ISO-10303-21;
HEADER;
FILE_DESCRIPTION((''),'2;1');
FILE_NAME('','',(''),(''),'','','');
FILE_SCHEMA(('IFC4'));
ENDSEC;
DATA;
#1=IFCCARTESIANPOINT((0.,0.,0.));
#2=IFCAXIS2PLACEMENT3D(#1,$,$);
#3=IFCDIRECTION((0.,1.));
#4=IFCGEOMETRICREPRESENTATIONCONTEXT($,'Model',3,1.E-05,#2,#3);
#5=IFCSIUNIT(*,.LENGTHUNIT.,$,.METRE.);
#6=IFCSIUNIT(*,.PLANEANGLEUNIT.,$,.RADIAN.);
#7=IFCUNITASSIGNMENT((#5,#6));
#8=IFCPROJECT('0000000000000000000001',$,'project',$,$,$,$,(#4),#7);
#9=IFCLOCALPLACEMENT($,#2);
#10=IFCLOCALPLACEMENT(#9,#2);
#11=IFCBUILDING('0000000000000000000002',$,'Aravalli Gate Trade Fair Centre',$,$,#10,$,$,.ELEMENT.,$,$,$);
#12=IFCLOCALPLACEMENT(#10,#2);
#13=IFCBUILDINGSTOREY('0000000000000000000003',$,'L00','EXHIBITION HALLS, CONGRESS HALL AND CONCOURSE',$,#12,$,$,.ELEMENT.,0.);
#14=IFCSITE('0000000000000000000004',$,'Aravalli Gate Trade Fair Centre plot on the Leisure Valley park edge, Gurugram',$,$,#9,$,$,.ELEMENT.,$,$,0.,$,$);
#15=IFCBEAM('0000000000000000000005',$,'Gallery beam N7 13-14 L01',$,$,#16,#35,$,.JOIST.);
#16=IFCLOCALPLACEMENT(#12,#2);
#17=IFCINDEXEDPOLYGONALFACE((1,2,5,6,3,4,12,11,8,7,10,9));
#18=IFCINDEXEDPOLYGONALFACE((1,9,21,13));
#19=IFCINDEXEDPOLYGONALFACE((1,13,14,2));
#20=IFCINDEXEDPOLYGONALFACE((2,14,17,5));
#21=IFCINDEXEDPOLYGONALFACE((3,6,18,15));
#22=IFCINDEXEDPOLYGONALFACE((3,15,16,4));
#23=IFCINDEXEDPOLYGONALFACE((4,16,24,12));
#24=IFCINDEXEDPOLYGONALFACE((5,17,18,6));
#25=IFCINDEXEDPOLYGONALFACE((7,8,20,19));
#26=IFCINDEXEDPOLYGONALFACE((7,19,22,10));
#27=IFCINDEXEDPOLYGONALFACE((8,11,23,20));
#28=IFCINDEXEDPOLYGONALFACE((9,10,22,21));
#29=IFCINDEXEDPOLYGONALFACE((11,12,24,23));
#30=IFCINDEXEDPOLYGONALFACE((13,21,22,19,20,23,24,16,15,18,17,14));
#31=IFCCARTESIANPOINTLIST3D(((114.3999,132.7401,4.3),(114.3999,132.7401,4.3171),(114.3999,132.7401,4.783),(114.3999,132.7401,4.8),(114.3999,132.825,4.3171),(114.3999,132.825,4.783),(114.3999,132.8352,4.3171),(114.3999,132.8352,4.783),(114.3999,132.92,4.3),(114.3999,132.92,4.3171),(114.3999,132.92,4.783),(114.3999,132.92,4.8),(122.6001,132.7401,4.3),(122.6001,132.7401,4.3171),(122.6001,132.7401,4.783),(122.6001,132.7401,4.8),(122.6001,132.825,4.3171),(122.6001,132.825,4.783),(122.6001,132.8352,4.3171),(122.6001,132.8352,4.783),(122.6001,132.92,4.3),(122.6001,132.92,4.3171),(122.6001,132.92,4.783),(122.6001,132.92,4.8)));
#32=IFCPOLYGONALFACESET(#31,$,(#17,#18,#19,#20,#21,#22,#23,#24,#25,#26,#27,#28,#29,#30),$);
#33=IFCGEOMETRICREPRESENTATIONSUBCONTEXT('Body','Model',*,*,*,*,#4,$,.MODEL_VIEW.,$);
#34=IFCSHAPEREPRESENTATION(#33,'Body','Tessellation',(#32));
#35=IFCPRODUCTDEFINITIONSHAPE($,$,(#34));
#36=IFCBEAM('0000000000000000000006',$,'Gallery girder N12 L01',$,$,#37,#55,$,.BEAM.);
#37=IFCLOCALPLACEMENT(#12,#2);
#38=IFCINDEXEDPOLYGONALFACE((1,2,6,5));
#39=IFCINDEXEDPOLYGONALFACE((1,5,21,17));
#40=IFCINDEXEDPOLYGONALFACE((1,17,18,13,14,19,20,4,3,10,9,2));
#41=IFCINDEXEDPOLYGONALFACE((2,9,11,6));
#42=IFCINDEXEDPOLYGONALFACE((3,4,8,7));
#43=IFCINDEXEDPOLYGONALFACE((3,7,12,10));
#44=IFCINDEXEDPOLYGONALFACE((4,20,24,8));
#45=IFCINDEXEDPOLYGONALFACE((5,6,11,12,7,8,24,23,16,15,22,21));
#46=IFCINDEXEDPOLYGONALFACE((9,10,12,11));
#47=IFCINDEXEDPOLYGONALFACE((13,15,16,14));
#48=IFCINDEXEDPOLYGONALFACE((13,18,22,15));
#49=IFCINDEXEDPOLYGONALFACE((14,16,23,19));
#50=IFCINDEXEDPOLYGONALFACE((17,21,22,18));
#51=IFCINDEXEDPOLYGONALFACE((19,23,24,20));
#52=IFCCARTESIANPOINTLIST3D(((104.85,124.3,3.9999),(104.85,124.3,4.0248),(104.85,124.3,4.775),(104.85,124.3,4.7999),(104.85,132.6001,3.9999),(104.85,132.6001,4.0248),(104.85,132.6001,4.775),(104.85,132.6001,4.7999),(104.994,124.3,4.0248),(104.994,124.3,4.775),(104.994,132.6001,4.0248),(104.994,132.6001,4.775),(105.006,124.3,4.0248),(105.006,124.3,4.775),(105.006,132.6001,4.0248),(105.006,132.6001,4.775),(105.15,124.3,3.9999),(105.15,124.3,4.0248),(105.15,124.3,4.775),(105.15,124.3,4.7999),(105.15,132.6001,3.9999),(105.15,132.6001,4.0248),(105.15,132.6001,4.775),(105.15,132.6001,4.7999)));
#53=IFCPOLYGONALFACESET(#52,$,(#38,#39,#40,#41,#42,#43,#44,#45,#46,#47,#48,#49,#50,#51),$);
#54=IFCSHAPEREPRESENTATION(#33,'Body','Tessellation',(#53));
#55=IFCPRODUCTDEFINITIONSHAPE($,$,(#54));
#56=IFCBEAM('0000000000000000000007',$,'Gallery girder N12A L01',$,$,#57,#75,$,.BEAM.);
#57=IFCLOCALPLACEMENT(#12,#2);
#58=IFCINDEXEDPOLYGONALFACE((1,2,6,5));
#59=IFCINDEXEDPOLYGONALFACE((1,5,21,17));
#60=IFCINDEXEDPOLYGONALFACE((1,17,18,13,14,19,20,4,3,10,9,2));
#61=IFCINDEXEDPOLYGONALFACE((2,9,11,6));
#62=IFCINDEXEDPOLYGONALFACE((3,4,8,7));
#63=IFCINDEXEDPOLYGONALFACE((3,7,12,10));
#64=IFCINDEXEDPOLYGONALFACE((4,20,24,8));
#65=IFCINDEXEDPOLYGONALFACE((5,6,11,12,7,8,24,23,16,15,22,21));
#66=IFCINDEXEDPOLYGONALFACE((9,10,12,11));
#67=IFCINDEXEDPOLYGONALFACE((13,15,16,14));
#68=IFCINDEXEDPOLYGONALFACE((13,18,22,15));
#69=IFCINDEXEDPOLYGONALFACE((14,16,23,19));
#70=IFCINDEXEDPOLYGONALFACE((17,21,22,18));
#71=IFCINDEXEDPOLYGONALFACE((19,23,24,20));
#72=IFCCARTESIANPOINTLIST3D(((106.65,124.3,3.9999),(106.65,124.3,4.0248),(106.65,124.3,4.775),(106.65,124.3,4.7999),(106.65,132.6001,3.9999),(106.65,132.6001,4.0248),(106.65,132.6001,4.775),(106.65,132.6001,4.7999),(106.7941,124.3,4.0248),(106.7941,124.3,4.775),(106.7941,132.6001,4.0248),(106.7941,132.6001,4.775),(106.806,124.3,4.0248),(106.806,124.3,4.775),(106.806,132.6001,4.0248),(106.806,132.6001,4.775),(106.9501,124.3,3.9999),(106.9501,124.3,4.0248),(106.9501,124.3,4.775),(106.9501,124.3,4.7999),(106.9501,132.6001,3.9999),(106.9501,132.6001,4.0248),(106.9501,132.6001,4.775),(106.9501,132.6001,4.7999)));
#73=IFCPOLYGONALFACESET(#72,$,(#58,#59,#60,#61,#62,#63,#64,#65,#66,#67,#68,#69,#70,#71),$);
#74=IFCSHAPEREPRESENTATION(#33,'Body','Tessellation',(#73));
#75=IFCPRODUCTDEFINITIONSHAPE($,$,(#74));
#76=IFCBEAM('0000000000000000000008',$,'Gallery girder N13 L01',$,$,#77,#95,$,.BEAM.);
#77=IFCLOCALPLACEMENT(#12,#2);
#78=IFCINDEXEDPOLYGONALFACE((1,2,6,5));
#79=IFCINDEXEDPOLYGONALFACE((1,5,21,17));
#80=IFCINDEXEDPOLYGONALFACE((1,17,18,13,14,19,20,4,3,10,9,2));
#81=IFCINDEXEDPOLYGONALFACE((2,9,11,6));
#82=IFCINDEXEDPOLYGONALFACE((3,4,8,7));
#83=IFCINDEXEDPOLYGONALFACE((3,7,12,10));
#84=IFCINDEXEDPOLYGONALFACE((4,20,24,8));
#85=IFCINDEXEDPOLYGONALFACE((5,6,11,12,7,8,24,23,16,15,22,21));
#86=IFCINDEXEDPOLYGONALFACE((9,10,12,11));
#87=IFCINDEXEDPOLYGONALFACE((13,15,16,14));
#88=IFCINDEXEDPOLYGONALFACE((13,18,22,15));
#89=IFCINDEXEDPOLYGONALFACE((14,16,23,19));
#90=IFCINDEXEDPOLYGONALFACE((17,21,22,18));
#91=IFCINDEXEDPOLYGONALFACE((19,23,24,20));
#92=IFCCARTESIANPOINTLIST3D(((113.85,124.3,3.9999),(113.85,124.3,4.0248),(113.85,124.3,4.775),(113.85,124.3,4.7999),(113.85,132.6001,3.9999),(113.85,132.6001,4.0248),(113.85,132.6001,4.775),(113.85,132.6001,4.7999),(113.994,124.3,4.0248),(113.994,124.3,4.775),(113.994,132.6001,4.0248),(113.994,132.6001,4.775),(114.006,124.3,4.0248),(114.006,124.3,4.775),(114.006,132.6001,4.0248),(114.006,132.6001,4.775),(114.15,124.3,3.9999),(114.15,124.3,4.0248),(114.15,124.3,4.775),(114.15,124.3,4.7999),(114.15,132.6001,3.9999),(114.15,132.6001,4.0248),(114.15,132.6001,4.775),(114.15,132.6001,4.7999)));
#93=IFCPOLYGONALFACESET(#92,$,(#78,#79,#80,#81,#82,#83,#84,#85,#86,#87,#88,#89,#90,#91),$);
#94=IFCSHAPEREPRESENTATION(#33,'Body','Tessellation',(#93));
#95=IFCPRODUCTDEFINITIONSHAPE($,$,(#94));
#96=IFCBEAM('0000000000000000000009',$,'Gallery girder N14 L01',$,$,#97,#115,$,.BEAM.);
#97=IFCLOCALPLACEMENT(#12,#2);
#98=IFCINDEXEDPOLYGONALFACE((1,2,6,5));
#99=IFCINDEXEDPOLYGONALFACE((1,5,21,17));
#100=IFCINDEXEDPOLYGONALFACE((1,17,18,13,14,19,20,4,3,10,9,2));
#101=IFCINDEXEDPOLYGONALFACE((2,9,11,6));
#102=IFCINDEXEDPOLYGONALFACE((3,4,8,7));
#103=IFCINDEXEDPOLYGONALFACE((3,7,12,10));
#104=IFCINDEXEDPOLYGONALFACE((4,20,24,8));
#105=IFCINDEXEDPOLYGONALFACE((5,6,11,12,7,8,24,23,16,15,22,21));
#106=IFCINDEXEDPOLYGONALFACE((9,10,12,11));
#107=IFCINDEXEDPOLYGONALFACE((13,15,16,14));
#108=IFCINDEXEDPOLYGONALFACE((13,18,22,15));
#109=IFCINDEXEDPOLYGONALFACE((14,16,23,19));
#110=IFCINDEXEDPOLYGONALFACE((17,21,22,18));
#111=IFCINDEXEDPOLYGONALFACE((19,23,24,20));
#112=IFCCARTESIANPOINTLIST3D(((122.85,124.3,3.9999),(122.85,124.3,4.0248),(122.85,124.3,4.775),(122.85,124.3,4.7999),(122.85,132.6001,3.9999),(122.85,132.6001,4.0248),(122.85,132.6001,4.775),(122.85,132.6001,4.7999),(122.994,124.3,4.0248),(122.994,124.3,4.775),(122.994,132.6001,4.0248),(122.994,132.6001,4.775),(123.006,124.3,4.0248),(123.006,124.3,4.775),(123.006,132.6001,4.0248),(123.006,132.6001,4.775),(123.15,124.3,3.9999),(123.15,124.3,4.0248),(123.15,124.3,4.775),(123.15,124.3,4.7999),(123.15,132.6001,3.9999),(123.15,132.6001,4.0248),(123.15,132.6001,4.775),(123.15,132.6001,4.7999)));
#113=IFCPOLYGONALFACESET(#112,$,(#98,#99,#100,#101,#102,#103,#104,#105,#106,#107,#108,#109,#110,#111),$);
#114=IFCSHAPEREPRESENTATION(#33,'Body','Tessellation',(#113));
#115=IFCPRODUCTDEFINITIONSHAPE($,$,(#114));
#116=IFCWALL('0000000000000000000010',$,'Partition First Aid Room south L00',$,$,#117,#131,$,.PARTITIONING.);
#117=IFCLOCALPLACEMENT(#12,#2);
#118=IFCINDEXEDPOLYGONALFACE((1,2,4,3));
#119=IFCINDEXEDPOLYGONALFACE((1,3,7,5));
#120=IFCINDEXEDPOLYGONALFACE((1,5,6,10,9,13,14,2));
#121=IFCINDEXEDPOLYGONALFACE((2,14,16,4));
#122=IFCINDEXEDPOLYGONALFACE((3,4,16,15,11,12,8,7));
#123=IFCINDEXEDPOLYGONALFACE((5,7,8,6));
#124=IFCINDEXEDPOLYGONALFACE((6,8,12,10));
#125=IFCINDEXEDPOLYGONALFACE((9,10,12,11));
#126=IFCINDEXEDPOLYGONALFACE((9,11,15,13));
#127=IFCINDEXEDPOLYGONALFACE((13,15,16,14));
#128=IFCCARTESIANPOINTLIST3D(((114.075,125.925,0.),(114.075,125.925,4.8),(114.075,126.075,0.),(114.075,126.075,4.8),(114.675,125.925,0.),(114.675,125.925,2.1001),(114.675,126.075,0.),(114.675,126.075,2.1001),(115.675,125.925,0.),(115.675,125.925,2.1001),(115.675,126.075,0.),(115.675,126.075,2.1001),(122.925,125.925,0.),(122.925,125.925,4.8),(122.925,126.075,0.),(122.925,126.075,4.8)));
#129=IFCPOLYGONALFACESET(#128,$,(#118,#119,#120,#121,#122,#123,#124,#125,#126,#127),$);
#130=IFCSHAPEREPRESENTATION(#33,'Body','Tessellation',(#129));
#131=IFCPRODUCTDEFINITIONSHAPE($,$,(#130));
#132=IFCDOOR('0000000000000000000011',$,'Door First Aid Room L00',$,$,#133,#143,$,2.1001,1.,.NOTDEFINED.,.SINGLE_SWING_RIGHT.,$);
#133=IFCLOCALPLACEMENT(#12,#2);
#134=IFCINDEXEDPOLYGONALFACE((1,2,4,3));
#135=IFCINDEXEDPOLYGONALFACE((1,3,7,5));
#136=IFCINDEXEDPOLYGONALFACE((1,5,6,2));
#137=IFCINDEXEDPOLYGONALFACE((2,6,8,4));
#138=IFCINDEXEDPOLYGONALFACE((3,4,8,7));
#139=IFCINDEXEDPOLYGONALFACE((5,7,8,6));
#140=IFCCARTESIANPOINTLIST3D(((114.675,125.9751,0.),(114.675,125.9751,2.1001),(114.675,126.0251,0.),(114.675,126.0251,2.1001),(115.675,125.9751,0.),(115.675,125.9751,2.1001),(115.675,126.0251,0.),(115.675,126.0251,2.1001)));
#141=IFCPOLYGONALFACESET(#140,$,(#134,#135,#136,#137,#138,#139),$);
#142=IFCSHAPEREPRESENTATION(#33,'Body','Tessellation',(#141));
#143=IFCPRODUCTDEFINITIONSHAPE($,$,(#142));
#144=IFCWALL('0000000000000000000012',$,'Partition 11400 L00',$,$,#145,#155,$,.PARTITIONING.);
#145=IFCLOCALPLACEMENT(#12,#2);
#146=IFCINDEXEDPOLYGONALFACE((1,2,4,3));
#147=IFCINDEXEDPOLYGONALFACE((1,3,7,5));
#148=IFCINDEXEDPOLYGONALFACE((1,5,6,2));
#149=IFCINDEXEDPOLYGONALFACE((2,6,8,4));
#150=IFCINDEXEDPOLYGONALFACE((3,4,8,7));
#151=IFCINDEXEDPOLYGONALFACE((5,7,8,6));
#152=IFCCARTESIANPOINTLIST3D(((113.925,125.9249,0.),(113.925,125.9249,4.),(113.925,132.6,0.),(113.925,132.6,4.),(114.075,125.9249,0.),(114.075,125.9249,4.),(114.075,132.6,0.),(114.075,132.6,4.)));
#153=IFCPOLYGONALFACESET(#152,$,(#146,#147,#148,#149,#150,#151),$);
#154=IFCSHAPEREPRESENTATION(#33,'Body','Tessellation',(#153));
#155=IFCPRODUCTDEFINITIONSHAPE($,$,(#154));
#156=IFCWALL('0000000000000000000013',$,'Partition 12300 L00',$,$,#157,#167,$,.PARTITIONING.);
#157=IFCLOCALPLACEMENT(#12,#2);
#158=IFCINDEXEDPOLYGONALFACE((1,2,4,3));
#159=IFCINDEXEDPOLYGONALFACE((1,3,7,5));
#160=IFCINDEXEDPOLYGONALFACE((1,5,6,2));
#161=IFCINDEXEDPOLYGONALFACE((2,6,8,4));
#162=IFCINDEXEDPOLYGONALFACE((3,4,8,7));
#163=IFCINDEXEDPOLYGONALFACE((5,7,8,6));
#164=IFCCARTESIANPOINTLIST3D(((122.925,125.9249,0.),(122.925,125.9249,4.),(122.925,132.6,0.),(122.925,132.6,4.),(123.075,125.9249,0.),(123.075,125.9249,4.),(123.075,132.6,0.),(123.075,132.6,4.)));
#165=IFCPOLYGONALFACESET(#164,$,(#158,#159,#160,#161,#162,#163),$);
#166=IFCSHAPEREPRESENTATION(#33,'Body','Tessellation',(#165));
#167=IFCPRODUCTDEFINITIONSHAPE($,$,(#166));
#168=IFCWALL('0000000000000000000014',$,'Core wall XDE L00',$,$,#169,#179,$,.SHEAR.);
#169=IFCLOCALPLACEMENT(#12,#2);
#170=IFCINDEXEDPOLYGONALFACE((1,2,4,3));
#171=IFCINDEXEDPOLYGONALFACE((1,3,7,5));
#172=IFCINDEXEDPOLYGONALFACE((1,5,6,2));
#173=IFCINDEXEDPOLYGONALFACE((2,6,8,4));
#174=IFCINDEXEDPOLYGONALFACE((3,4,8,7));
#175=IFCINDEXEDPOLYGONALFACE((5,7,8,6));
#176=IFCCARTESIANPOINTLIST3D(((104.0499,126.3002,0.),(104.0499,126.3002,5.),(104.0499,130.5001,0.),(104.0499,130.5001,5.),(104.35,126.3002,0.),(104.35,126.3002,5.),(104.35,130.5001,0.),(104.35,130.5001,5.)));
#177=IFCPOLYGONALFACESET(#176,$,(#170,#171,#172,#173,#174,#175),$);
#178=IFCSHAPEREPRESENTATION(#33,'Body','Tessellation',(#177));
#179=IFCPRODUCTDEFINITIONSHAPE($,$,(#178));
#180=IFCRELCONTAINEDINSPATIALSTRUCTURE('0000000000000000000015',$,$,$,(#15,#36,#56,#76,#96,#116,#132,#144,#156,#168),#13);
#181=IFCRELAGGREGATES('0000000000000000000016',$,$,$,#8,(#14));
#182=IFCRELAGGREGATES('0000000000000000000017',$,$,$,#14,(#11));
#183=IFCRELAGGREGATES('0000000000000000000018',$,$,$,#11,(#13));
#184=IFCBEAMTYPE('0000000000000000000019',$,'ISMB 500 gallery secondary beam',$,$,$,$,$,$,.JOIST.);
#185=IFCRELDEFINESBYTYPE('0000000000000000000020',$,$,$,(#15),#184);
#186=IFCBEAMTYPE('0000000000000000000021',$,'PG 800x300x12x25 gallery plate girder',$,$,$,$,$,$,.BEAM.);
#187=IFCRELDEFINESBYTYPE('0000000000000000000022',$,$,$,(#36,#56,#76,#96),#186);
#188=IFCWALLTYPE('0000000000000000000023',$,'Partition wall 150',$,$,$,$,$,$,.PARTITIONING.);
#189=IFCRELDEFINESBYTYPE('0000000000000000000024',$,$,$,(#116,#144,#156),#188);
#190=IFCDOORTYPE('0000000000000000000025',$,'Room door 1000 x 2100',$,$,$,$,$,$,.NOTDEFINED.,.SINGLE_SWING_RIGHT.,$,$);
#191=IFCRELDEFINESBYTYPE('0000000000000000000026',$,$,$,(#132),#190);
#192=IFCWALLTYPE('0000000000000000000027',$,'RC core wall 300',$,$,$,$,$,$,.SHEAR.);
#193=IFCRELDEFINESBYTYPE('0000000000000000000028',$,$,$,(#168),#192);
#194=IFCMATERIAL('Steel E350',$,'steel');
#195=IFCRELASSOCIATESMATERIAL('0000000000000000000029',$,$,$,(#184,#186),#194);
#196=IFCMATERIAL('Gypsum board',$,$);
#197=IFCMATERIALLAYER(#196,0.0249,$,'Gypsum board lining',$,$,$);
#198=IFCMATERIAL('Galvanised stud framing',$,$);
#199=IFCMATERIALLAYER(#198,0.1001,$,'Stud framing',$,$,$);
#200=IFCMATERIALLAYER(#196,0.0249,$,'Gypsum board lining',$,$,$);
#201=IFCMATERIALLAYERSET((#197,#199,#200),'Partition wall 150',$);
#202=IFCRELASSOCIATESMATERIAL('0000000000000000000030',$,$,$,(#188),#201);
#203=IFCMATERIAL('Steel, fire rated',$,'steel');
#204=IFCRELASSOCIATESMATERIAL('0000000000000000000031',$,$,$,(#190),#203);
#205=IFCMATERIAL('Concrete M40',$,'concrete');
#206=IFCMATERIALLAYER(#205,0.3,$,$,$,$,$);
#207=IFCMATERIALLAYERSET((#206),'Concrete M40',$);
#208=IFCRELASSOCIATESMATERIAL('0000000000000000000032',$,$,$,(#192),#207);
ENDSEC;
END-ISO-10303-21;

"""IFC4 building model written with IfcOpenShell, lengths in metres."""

from ifc_helpers import new_model, si_unit, direction, frame, frame_2d, origin, origin_2d, place, context, subcontext, project, spatial, rectangle, i_section, extrude, material, layer, layer_set, material_profile, profile_set, type_object, element, fill, save


model = new_model("IFC4")

# Units and contexts
model_context = context("Model", 3, precision=1e-05, world=origin(), true_north=direction((0.0, 1.0)))
body_context = subcontext(model_context, "Body", "Model", "MODEL_VIEW")
ifc_project = project(units=[si_unit("LENGTHUNIT", "METRE"), si_unit("PLANEANGLEUNIT", "RADIAN")], contexts=[model_context])

# Site, building, storey
site_placement = place(None, origin())
site = spatial("IfcSite", under=ifc_project, at=site_placement, Name="Aravalli Gate Trade Fair Centre plot on the Leisure Valley park edge, Gurugram", CompositionType="ELEMENT", RefElevation=0.0)
building_placement = place(site_placement, origin())
building = spatial("IfcBuilding", under=site, at=building_placement, Name="Aravalli Gate Trade Fair Centre", CompositionType="ELEMENT")
storey_placement = place(building_placement, origin())
storey = spatial("IfcBuildingStorey", under=building, at=storey_placement, Name="L00", Description="EXHIBITION HALLS, CONGRESS HALL AND CONCOURSE", CompositionType="ELEMENT", Elevation=0.0)

# Beams
ifc_material_1 = material(Name="Steel E350", Category="steel")
ifc_material_profile_1 = material_profile(ifc_material_1, i_section(OverallWidth=0.1799, OverallDepth=0.5, WebThickness=0.0103, FlangeThickness=0.0171, at=origin_2d()), Name="ISMB 500")
ifc_profile_set_1 = profile_set([ifc_material_profile_1], Name="Steel E350")
beam_type_1 = type_object("IfcBeamType", Name="ISMB 500 gallery secondary beam", PredefinedType="JOIST", material=ifc_profile_set_1)
beam_1_placement = place(storey_placement, frame((114.3999, 132.8301, 4.55), z_axis=(1.0, 0.0, 0.0), x_axis=(0.0, 1.0, 0.0)))
element("IfcBeam", 1, at=beam_1_placement, inside=storey, type_object=beam_type_1, Name="Gallery beam N7 13-14 L01", PredefinedType="JOIST", context=body_context, shape_type="SweptSolid", body=[
    extrude(i_section(OverallWidth=0.1799, OverallDepth=0.5, WebThickness=0.0103, FlangeThickness=0.0171, at=origin_2d()), origin(), (0.0, 0.0, 1.0), 8.2002),
])
ifc_material_profile_2 = material_profile(ifc_material_1, i_section(OverallWidth=0.3, OverallDepth=0.8, WebThickness=0.012, FlangeThickness=0.0249, at=origin_2d()), Name="PG 800x300x12x25")
ifc_profile_set_2 = profile_set([ifc_material_profile_2], Name="Steel E350")
beam_type_2 = type_object("IfcBeamType", Name="PG 800x300x12x25 gallery plate girder", PredefinedType="BEAM", material=ifc_profile_set_2)
for number, where, z_axis, x_axis, name in (
    (2, (105.0, 124.3, 4.3999), (0.0, 1.0, 0.0), (-1.0, 0.0, 0.0), "Gallery girder N12 L01"),
    (3, (106.8, 124.3, 4.3999), (0.0, 1.0, 0.0), (-1.0, 0.0, 0.0), "Gallery girder N12A L01"),
    (4, (114.0, 124.3, 4.3999), (0.0, 1.0, 0.0), (-1.0, 0.0, 0.0), "Gallery girder N13 L01"),
    (5, (123.0, 124.3, 4.3999), (0.0, 1.0, 0.0), (-1.0, 0.0, 0.0), "Gallery girder N14 L01"),
):
    element("IfcBeam", number, at=place(storey_placement, frame(where, z_axis=z_axis, x_axis=x_axis)), inside=storey, type_object=beam_type_2, Name=name, PredefinedType="BEAM", context=body_context, shape_type="SweptSolid", body=[
        extrude(i_section(OverallWidth=0.3, OverallDepth=0.8, WebThickness=0.012, FlangeThickness=0.0249, at=origin_2d()), origin(), (0.0, 0.0, 1.0), 8.3),
    ])

# Wall, opening, door
ifc_material_2 = material(Name="Gypsum board")
ifc_layer_1 = layer(ifc_material_2, 0.0249, Name="Gypsum board lining")
ifc_material_3 = material(Name="Galvanised stud framing")
ifc_layer_2 = layer(ifc_material_3, 0.1001, Name="Stud framing")
ifc_layer_3 = layer(ifc_material_2, 0.0249, Name="Gypsum board lining")
ifc_layer_set_1 = layer_set([ifc_layer_1, ifc_layer_2, ifc_layer_3], Name="Partition wall 150")
wall_type_1 = type_object("IfcWallType", Name="Partition wall 150", PredefinedType="PARTITIONING", material=ifc_layer_set_1)
wall_1_placement = place(storey_placement, frame((114.075, 126.0, 0.0), z_axis=(0.0, 0.0, 1.0), x_axis=(1.0, 0.0, 0.0)))
wall_1 = element("IfcWall", 6, at=wall_1_placement, inside=storey, type_object=wall_type_1, Name="Partition First Aid Room south L00", PredefinedType="PARTITIONING", context=body_context, shape_type="SweptSolid", body=[
    extrude(rectangle(XDim=8.8501, YDim=0.1499, at=frame_2d((4.425, 0.0))), origin(), (0.0, 0.0, 1.0), 4.8),
])
opening_1_placement = place(wall_1_placement, frame((0.6001, 0.0, 0.0)))
opening_1 = element("IfcOpeningElement", 7, at=opening_1_placement, cuts=wall_1, PredefinedType="OPENING", context=body_context, shape_type="SweptSolid", body=[
    extrude(rectangle(XDim=1.0, YDim=2.1001, at=frame_2d((0.5, 1.05))), frame((0.0, 0.085, 0.0), z_axis=(0.0, -1.0, 0.0), x_axis=(1.0, 0.0, 0.0)), (0.0, 0.0, 1.0), 0.1699),
])
ifc_material_4 = material(Name="Steel, fire rated", Category="steel")
door_type_1 = type_object("IfcDoorType", Name="Room door 1000 x 2100", OperationType="SINGLE_SWING_RIGHT", PredefinedType="NOTDEFINED", material=ifc_material_4)
door_1_placement = place(opening_1_placement, frame((1.0, 0.0, 0.0), z_axis=(0.0, 0.0, 1.0), x_axis=(-1.0, 0.0, 0.0)))
door_1 = element("IfcDoor", 8, at=door_1_placement, inside=storey, type_object=door_type_1, Name="Door First Aid Room L00", OperationType="SINGLE_SWING_RIGHT", OverallHeight=2.1001, OverallWidth=1.0, PredefinedType="NOTDEFINED", context=body_context, shape_type="SweptSolid", body=[
    extrude(rectangle(XDim=1.0, YDim=2.1001, at=frame_2d((0.5, 1.05))), frame((0.0, 0.0249, 0.0), z_axis=(0.0, -1.0, 0.0), x_axis=(1.0, 0.0, 0.0)), (0.0, 0.0, 1.0), 0.05),
])
fill(opening_1, door_1)

# Walls
for number, where, z_axis, x_axis, name in (
    (9, (114.0, 125.925, 0.0), (0.0, 0.0, 1.0), (0.0, 1.0, 0.0), "Partition 11400 L00"),
    (10, (123.0, 125.925, 0.0), (0.0, 0.0, 1.0), (0.0, 1.0, 0.0), "Partition 12300 L00"),
):
    element("IfcWall", number, at=place(storey_placement, frame(where, z_axis=z_axis, x_axis=x_axis)), inside=storey, type_object=wall_type_1, Name=name, PredefinedType="PARTITIONING", context=body_context, shape_type="SweptSolid", body=[
        extrude(rectangle(XDim=6.675, YDim=0.1499, at=frame_2d((3.3374, 0.0))), origin(), (0.0, 0.0, 1.0), 4.0),
    ])
ifc_material_5 = material(Name="Concrete M40", Category="concrete")
ifc_layer_4 = layer(ifc_material_5, 0.3)
ifc_layer_set_2 = layer_set([ifc_layer_4], Name="Concrete M40")
wall_type_2 = type_object("IfcWallType", Name="RC core wall 300", PredefinedType="SHEAR", material=ifc_layer_set_2)
wall_2_placement = place(storey_placement, frame((104.2, 126.3, 0.0), z_axis=(0.0, 0.0, 1.0), x_axis=(0.0, 1.0, 0.0)))
element("IfcWall", 11, at=wall_2_placement, inside=storey, type_object=wall_type_2, Name="Core wall XDE L00", PredefinedType="SHEAR", context=body_context, shape_type="SweptSolid", body=[
    extrude(rectangle(XDim=4.2, YDim=0.3, at=frame_2d((2.1001, 0.0))), origin(), (0.0, 0.0, 1.0), 5.0),
])

save(model, "model.ifc")
